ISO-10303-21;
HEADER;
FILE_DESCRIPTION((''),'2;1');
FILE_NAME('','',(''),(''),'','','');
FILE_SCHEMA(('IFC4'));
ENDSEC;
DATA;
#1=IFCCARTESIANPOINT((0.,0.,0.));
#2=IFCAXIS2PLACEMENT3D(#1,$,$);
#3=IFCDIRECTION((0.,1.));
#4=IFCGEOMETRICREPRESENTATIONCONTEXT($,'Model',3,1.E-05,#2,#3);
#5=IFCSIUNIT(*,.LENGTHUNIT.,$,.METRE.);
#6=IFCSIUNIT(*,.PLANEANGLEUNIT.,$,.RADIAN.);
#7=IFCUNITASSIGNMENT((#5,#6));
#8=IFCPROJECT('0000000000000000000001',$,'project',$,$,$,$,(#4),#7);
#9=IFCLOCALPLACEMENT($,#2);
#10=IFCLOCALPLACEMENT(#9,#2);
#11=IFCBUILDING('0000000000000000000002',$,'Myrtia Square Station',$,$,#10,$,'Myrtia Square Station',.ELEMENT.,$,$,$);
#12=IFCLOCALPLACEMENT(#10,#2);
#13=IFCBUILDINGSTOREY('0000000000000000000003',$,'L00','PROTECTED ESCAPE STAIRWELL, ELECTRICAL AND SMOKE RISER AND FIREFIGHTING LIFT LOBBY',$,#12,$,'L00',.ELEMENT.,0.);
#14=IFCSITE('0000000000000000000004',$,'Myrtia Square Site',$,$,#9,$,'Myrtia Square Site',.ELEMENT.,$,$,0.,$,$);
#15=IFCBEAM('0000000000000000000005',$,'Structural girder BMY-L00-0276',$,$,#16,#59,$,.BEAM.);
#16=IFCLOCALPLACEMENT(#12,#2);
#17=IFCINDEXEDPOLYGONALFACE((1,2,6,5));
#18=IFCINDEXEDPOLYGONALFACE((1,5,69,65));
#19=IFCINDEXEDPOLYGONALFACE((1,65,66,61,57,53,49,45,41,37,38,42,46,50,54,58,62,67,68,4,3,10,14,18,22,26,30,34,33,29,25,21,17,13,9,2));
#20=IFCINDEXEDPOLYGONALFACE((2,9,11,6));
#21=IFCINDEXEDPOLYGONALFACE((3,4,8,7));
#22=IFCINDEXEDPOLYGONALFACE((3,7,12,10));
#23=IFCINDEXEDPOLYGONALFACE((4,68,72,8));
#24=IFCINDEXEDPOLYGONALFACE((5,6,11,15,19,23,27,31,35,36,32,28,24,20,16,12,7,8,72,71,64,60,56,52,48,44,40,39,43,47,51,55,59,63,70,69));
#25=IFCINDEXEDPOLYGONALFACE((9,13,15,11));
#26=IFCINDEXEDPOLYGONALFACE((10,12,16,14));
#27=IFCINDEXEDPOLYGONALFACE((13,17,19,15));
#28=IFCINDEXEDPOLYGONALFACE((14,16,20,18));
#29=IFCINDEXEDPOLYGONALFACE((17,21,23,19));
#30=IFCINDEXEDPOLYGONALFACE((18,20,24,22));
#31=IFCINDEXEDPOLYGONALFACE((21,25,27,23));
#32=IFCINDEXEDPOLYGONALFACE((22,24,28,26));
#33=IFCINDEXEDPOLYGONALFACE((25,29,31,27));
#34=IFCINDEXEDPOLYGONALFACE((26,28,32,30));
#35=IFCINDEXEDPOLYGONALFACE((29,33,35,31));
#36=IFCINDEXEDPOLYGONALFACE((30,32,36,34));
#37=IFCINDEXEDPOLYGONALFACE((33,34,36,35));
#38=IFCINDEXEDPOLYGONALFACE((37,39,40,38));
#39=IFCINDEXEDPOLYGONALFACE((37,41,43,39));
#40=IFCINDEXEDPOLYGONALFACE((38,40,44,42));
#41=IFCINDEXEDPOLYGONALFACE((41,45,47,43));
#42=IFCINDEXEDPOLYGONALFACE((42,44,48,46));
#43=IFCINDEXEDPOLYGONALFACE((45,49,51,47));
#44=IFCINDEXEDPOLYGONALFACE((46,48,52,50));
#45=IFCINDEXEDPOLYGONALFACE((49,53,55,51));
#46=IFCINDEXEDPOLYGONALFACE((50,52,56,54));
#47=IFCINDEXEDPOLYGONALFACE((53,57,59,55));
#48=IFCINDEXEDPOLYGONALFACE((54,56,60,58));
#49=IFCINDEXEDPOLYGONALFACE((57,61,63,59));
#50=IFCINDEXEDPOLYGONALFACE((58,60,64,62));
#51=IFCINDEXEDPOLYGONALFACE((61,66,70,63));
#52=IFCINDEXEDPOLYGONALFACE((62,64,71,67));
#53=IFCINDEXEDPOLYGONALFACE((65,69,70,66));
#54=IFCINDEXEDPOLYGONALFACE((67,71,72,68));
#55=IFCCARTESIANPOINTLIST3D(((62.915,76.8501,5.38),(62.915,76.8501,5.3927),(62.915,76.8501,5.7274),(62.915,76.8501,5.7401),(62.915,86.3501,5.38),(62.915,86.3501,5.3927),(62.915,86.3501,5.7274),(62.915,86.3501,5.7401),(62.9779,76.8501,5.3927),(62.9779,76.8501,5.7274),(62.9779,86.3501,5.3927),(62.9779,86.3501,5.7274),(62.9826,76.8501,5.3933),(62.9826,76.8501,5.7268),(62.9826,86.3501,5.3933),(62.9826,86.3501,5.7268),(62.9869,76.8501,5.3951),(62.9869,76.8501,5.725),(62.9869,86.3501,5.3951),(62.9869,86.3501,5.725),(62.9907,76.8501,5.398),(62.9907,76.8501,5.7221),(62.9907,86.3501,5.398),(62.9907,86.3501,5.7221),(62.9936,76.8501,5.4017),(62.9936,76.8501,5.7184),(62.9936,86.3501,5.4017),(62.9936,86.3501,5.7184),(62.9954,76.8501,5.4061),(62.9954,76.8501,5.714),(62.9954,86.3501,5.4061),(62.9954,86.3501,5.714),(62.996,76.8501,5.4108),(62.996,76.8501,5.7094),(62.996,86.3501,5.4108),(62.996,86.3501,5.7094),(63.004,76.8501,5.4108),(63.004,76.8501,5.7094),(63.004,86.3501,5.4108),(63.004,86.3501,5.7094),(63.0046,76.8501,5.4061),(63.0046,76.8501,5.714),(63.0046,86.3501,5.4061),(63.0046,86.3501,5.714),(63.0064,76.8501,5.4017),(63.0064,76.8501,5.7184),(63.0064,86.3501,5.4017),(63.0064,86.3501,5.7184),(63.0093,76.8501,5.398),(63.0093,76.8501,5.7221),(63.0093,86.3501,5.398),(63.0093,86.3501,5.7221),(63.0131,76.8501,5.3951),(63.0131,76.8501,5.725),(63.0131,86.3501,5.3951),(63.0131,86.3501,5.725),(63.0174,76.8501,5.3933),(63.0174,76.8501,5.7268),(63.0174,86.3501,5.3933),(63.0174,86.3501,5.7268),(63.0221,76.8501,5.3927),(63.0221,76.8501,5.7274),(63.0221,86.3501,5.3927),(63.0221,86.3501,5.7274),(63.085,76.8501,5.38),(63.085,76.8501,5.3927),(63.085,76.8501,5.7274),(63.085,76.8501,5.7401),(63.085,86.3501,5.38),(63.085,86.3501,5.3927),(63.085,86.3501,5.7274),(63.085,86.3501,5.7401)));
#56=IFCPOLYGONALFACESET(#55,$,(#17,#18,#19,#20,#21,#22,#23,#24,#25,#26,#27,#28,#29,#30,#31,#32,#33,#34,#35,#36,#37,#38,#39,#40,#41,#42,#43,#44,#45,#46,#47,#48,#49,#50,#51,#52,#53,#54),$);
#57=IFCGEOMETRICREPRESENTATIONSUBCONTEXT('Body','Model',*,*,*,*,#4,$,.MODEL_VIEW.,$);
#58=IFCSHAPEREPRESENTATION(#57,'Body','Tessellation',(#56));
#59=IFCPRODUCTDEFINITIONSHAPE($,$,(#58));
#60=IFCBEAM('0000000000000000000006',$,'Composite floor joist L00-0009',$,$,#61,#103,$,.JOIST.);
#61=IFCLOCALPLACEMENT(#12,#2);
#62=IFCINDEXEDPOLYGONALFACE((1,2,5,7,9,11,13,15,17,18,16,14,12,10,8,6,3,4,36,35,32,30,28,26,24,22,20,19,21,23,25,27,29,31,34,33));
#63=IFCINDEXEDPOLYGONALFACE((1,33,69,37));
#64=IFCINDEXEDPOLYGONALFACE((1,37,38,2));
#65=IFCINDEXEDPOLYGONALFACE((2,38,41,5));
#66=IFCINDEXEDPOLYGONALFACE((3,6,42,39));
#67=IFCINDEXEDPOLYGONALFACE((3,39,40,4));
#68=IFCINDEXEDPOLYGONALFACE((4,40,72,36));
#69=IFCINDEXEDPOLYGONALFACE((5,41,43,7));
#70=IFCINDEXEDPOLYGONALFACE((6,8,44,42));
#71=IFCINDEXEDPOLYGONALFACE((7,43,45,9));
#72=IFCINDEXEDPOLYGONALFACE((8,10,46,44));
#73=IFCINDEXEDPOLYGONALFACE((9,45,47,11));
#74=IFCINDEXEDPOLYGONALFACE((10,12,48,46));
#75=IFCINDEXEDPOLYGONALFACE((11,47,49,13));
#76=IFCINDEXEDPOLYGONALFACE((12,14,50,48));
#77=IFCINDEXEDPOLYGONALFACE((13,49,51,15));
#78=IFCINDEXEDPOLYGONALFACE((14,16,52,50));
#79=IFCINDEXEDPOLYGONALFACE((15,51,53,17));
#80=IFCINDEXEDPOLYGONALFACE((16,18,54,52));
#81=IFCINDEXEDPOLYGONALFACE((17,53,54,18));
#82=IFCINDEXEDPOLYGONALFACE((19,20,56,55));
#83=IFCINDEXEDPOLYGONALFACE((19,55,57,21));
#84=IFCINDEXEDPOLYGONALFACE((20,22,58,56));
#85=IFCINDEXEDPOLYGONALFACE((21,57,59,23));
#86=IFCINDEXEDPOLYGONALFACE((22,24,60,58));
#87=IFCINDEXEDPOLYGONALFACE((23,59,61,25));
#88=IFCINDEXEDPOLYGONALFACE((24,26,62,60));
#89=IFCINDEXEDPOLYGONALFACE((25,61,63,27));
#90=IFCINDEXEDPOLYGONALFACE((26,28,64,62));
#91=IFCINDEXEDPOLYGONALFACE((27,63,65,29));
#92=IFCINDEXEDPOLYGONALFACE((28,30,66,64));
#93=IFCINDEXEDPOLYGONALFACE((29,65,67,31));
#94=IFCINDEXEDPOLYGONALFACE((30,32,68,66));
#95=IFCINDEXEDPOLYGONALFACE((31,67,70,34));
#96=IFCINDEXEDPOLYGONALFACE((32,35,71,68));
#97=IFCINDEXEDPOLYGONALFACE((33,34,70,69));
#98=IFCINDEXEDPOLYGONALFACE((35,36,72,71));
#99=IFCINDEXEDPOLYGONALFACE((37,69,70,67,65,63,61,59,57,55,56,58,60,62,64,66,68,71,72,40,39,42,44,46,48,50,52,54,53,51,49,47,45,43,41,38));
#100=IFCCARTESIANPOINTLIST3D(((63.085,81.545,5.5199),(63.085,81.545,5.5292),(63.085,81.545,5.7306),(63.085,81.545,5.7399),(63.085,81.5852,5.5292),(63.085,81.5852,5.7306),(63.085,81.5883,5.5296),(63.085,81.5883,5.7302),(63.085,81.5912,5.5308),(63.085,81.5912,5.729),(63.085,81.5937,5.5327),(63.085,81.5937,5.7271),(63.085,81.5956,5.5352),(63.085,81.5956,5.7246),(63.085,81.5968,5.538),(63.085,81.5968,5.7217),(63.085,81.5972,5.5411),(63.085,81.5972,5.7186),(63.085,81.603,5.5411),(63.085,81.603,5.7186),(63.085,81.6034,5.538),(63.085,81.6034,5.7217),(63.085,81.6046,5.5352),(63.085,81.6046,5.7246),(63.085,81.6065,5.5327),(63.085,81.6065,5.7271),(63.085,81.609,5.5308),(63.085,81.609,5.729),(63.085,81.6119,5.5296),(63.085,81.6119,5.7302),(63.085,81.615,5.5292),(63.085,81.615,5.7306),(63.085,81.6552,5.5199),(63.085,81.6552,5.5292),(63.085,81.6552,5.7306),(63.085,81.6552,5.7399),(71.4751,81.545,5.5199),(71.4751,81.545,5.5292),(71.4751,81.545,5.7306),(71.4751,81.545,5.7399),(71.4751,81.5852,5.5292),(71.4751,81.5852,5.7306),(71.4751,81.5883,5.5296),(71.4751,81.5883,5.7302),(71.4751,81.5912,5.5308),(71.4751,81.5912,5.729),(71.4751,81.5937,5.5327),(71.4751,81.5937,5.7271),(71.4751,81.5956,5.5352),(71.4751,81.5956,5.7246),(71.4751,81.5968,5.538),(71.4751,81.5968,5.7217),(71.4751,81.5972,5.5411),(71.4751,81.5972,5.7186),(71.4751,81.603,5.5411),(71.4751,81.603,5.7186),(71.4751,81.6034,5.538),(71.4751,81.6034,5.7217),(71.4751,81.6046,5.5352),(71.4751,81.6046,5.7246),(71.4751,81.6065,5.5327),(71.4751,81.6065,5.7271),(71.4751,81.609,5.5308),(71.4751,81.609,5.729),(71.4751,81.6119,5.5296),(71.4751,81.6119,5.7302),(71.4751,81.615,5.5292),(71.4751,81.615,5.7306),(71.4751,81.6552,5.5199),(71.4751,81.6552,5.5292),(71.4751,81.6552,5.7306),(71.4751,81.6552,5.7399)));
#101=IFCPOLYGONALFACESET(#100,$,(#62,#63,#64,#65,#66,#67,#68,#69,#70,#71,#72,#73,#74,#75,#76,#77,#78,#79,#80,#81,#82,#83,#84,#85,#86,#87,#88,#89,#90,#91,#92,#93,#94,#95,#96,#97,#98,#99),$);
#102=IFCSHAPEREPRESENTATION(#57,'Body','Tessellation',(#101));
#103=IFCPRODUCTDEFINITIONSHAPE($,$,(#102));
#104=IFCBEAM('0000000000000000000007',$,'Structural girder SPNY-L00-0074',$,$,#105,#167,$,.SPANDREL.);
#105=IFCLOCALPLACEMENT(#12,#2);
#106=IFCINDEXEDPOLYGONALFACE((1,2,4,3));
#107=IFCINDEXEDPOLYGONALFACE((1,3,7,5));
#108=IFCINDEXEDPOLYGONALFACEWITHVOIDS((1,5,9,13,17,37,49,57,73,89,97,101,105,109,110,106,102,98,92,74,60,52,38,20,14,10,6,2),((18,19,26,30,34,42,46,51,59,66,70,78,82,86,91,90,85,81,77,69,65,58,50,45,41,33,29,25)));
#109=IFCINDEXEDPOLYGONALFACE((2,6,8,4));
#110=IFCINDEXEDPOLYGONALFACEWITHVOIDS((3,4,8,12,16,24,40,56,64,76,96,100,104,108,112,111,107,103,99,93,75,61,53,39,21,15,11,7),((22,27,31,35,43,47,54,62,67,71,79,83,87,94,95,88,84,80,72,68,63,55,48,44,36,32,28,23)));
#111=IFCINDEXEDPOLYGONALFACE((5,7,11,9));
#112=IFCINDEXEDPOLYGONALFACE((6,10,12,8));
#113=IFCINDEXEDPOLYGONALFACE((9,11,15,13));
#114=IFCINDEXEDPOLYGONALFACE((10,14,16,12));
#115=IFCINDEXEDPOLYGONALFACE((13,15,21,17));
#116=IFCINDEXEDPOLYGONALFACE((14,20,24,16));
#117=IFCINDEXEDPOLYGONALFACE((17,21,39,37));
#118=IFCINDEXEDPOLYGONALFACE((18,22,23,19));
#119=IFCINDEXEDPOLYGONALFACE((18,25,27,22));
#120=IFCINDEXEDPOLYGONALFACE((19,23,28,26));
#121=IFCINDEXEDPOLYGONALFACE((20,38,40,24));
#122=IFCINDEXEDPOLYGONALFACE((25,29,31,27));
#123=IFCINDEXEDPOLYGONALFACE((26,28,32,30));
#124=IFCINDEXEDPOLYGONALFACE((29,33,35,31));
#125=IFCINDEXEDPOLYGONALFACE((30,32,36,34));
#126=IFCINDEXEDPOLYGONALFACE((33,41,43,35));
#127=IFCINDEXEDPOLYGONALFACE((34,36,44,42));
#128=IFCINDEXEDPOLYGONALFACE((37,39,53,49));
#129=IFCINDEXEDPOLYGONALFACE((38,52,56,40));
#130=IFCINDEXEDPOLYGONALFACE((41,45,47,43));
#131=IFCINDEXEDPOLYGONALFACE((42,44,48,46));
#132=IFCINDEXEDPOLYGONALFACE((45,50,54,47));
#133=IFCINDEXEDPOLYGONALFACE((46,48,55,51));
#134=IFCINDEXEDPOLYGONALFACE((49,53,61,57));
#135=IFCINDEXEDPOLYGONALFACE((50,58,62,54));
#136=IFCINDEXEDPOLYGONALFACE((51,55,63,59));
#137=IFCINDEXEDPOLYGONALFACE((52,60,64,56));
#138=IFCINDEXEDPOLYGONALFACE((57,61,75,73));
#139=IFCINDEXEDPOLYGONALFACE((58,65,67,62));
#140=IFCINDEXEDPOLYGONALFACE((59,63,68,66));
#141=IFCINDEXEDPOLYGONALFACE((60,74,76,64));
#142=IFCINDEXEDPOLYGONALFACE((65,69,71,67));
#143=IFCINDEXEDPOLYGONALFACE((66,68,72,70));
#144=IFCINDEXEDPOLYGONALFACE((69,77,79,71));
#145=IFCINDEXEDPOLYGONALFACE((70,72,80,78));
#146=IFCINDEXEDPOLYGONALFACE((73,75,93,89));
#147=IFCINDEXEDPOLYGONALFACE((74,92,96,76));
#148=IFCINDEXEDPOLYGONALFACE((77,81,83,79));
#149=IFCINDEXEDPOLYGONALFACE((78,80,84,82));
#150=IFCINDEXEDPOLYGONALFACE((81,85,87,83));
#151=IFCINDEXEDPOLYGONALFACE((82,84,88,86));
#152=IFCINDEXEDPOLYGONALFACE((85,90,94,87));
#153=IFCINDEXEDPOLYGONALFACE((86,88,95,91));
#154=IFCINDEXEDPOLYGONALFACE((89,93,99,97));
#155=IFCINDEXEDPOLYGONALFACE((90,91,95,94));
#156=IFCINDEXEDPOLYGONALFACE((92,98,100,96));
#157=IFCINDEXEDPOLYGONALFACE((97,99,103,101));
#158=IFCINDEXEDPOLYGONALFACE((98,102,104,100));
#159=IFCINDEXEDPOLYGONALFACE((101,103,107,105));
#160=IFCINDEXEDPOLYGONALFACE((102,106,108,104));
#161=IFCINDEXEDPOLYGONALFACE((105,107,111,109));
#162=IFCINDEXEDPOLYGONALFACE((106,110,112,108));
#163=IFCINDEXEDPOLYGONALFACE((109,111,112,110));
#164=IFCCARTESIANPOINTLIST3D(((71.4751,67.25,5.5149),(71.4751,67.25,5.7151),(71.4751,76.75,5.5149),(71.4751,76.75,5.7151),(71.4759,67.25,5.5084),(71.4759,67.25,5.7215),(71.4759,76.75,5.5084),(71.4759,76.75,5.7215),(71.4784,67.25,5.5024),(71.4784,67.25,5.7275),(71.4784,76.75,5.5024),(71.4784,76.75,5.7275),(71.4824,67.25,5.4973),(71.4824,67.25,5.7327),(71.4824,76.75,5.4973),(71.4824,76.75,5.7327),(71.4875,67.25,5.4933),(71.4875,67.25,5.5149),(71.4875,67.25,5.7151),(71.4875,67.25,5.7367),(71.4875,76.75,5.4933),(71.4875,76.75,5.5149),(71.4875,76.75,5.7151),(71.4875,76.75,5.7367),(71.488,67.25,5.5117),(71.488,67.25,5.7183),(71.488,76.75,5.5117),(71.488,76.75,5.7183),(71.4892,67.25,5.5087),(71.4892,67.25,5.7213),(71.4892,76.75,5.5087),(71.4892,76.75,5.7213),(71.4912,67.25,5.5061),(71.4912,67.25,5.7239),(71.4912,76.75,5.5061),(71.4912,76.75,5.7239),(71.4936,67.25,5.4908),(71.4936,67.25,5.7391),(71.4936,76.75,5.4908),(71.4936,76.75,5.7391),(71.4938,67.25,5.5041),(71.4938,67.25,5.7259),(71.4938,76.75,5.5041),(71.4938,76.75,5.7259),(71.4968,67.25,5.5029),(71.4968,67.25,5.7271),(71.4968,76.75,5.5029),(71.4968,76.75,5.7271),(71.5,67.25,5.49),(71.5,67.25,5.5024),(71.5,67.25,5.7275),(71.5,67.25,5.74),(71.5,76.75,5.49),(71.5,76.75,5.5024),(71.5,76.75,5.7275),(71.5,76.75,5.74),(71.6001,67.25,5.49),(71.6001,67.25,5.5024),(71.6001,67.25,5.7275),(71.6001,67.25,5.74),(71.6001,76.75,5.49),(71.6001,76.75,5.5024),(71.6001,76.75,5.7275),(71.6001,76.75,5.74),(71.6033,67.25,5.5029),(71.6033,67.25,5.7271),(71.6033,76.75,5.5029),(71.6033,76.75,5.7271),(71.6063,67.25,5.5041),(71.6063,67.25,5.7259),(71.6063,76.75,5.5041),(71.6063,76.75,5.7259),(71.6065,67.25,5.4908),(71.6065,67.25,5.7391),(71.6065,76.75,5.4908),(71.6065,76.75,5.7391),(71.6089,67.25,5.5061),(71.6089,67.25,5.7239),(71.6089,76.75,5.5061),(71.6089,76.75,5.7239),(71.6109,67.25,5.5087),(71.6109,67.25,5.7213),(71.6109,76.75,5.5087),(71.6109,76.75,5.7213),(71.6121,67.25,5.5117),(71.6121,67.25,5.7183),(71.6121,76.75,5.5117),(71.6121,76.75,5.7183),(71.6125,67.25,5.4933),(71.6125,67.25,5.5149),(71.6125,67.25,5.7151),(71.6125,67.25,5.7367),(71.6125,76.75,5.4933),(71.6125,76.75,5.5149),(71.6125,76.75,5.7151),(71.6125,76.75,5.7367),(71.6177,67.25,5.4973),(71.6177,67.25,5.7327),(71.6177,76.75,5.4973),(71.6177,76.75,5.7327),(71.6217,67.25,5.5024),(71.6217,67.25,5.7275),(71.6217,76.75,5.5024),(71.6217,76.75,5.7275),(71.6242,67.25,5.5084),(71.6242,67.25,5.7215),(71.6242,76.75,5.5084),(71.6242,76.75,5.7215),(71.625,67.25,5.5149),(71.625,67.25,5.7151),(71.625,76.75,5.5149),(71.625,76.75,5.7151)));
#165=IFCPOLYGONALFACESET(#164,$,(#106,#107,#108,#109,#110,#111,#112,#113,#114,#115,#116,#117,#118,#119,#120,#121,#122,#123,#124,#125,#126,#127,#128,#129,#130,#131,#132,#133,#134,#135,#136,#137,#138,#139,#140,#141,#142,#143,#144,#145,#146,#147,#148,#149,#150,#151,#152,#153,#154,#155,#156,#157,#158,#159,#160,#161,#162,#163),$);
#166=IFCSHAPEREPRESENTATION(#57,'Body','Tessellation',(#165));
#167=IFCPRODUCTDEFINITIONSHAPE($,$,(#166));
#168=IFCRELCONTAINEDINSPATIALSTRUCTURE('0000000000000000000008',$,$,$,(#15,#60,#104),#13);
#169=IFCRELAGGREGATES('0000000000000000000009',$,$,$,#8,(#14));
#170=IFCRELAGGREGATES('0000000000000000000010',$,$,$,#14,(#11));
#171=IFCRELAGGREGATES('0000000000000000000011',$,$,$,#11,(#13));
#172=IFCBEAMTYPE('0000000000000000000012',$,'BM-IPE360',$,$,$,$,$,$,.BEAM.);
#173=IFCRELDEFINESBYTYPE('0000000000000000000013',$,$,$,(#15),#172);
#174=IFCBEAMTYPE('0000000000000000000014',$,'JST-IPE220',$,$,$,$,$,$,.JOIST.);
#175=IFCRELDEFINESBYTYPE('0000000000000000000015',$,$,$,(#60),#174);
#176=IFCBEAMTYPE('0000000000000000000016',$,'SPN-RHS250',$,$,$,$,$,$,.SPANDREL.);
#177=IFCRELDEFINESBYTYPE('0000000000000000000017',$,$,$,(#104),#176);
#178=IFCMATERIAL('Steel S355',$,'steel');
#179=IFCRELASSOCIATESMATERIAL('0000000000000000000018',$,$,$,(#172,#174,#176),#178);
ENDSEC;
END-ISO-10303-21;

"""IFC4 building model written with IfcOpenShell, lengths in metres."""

from ifc_helpers import new_model, si_unit, direction, frame, origin, origin_2d, place, context, subcontext, project, spatial, hollow_rectangle, i_section, extrude, material, material_profile, profile_set, type_object, element, save


model = new_model("IFC4")

# Units and contexts
model_context = context("Model", 3, precision=1e-05, world=origin(), true_north=direction((0.0, 1.0)))
body_context = subcontext(model_context, "Body", "Model", "MODEL_VIEW")
ifc_project = project(units=[si_unit("LENGTHUNIT", "METRE"), si_unit("PLANEANGLEUNIT", "RADIAN")], contexts=[model_context])

# Site, building, storey
site_placement = place(None, origin())
site = spatial("IfcSite", under=ifc_project, at=site_placement, Name="Myrtia Square Site", LongName="Myrtia Square Site", CompositionType="ELEMENT", RefElevation=0.0)
building_placement = place(site_placement, origin())
building = spatial("IfcBuilding", under=site, at=building_placement, Name="Myrtia Square Station", LongName="Myrtia Square Station", CompositionType="ELEMENT")
storey_placement = place(building_placement, origin())
storey = spatial("IfcBuildingStorey", under=building, at=storey_placement, Name="L00", Description="PROTECTED ESCAPE STAIRWELL, ELECTRICAL AND SMOKE RISER AND FIREFIGHTING LIFT LOBBY", LongName="L00", CompositionType="ELEMENT", Elevation=0.0)

# Shared definitions
ifc_material_1 = material(Name="Steel S355", Category="steel")

# Beams
ifc_material_profile_1 = material_profile(ifc_material_1, i_section(OverallWidth=0.1699, OverallDepth=0.3601, WebThickness=0.0081, FlangeThickness=0.0127, FilletRadius=0.0181, at=origin_2d()), Name="IPE 360")
ifc_profile_set_1 = profile_set([ifc_material_profile_1], Name="Steel S355")
beam_type_1 = type_object("IfcBeamType", Name="BM-IPE360", PredefinedType="BEAM", material=ifc_profile_set_1)
beam_1_placement = place(storey_placement, frame((63.0, 76.8501, 5.5601), z_axis=(0.0, 1.0, 0.0), x_axis=(-1.0, 0.0, 0.0)))
element("IfcBeam", 1, at=beam_1_placement, inside=storey, type_object=beam_type_1, Name="Structural girder BMY-L00-0276", PredefinedType="BEAM", context=body_context, shape_type="SweptSolid", body=[
    extrude(i_section(OverallWidth=0.1699, OverallDepth=0.3601, WebThickness=0.0081, FlangeThickness=0.0127, FilletRadius=0.0181, at=origin_2d()), origin(), (0.0, 0.0, 1.0), 9.5),
])
ifc_material_profile_2 = material_profile(ifc_material_1, i_section(OverallWidth=0.1101, OverallDepth=0.22, WebThickness=0.0059, FlangeThickness=0.0093, FilletRadius=0.012, at=origin_2d()), Name="IPE 220")
ifc_profile_set_2 = profile_set([ifc_material_profile_2], Name="Steel S355")
beam_type_2 = type_object("IfcBeamType", Name="JST-IPE220", PredefinedType="JOIST", material=ifc_profile_set_2)
beam_2_placement = place(storey_placement, frame((63.085, 81.6001, 5.6299), z_axis=(1.0, 0.0, 0.0), x_axis=(0.0, 1.0, 0.0)))
element("IfcBeam", 2, at=beam_2_placement, inside=storey, type_object=beam_type_2, Name="Composite floor joist L00-0009", PredefinedType="JOIST", context=body_context, shape_type="SweptSolid", body=[
    extrude(i_section(OverallWidth=0.1101, OverallDepth=0.22, WebThickness=0.0059, FlangeThickness=0.0093, FilletRadius=0.012, at=origin_2d()), origin(), (0.0, 0.0, 1.0), 8.3901),
])
ifc_material_profile_3 = material_profile(ifc_material_1, hollow_rectangle(XDim=0.1499, YDim=0.25, WallThickness=0.0125, InnerFilletRadius=0.0125, OuterFilletRadius=0.0249, at=origin_2d()), Name="RHS 250x150x12.5")
ifc_profile_set_3 = profile_set([ifc_material_profile_3], Name="Steel S355")
beam_type_3 = type_object("IfcBeamType", Name="SPN-RHS250", PredefinedType="SPANDREL", material=ifc_profile_set_3)
for number, where, z_axis, x_axis, name in (
    (3, (71.55, 67.25, 5.615), (0.0, 1.0, 0.0), (-1.0, 0.0, 0.0), "Structural girder SPNY-L00-0074"),
):
    element("IfcBeam", number, at=place(storey_placement, frame(where, z_axis=z_axis, x_axis=x_axis)), inside=storey, type_object=beam_type_3, Name=name, PredefinedType="SPANDREL", context=body_context, shape_type="SweptSolid", body=[
        extrude(hollow_rectangle(XDim=0.1499, YDim=0.25, WallThickness=0.0125, InnerFilletRadius=0.0125, OuterFilletRadius=0.0249, at=origin_2d()), origin(), (0.0, 0.0, 1.0), 9.5),
    ])

save(model, "model.ifc")
